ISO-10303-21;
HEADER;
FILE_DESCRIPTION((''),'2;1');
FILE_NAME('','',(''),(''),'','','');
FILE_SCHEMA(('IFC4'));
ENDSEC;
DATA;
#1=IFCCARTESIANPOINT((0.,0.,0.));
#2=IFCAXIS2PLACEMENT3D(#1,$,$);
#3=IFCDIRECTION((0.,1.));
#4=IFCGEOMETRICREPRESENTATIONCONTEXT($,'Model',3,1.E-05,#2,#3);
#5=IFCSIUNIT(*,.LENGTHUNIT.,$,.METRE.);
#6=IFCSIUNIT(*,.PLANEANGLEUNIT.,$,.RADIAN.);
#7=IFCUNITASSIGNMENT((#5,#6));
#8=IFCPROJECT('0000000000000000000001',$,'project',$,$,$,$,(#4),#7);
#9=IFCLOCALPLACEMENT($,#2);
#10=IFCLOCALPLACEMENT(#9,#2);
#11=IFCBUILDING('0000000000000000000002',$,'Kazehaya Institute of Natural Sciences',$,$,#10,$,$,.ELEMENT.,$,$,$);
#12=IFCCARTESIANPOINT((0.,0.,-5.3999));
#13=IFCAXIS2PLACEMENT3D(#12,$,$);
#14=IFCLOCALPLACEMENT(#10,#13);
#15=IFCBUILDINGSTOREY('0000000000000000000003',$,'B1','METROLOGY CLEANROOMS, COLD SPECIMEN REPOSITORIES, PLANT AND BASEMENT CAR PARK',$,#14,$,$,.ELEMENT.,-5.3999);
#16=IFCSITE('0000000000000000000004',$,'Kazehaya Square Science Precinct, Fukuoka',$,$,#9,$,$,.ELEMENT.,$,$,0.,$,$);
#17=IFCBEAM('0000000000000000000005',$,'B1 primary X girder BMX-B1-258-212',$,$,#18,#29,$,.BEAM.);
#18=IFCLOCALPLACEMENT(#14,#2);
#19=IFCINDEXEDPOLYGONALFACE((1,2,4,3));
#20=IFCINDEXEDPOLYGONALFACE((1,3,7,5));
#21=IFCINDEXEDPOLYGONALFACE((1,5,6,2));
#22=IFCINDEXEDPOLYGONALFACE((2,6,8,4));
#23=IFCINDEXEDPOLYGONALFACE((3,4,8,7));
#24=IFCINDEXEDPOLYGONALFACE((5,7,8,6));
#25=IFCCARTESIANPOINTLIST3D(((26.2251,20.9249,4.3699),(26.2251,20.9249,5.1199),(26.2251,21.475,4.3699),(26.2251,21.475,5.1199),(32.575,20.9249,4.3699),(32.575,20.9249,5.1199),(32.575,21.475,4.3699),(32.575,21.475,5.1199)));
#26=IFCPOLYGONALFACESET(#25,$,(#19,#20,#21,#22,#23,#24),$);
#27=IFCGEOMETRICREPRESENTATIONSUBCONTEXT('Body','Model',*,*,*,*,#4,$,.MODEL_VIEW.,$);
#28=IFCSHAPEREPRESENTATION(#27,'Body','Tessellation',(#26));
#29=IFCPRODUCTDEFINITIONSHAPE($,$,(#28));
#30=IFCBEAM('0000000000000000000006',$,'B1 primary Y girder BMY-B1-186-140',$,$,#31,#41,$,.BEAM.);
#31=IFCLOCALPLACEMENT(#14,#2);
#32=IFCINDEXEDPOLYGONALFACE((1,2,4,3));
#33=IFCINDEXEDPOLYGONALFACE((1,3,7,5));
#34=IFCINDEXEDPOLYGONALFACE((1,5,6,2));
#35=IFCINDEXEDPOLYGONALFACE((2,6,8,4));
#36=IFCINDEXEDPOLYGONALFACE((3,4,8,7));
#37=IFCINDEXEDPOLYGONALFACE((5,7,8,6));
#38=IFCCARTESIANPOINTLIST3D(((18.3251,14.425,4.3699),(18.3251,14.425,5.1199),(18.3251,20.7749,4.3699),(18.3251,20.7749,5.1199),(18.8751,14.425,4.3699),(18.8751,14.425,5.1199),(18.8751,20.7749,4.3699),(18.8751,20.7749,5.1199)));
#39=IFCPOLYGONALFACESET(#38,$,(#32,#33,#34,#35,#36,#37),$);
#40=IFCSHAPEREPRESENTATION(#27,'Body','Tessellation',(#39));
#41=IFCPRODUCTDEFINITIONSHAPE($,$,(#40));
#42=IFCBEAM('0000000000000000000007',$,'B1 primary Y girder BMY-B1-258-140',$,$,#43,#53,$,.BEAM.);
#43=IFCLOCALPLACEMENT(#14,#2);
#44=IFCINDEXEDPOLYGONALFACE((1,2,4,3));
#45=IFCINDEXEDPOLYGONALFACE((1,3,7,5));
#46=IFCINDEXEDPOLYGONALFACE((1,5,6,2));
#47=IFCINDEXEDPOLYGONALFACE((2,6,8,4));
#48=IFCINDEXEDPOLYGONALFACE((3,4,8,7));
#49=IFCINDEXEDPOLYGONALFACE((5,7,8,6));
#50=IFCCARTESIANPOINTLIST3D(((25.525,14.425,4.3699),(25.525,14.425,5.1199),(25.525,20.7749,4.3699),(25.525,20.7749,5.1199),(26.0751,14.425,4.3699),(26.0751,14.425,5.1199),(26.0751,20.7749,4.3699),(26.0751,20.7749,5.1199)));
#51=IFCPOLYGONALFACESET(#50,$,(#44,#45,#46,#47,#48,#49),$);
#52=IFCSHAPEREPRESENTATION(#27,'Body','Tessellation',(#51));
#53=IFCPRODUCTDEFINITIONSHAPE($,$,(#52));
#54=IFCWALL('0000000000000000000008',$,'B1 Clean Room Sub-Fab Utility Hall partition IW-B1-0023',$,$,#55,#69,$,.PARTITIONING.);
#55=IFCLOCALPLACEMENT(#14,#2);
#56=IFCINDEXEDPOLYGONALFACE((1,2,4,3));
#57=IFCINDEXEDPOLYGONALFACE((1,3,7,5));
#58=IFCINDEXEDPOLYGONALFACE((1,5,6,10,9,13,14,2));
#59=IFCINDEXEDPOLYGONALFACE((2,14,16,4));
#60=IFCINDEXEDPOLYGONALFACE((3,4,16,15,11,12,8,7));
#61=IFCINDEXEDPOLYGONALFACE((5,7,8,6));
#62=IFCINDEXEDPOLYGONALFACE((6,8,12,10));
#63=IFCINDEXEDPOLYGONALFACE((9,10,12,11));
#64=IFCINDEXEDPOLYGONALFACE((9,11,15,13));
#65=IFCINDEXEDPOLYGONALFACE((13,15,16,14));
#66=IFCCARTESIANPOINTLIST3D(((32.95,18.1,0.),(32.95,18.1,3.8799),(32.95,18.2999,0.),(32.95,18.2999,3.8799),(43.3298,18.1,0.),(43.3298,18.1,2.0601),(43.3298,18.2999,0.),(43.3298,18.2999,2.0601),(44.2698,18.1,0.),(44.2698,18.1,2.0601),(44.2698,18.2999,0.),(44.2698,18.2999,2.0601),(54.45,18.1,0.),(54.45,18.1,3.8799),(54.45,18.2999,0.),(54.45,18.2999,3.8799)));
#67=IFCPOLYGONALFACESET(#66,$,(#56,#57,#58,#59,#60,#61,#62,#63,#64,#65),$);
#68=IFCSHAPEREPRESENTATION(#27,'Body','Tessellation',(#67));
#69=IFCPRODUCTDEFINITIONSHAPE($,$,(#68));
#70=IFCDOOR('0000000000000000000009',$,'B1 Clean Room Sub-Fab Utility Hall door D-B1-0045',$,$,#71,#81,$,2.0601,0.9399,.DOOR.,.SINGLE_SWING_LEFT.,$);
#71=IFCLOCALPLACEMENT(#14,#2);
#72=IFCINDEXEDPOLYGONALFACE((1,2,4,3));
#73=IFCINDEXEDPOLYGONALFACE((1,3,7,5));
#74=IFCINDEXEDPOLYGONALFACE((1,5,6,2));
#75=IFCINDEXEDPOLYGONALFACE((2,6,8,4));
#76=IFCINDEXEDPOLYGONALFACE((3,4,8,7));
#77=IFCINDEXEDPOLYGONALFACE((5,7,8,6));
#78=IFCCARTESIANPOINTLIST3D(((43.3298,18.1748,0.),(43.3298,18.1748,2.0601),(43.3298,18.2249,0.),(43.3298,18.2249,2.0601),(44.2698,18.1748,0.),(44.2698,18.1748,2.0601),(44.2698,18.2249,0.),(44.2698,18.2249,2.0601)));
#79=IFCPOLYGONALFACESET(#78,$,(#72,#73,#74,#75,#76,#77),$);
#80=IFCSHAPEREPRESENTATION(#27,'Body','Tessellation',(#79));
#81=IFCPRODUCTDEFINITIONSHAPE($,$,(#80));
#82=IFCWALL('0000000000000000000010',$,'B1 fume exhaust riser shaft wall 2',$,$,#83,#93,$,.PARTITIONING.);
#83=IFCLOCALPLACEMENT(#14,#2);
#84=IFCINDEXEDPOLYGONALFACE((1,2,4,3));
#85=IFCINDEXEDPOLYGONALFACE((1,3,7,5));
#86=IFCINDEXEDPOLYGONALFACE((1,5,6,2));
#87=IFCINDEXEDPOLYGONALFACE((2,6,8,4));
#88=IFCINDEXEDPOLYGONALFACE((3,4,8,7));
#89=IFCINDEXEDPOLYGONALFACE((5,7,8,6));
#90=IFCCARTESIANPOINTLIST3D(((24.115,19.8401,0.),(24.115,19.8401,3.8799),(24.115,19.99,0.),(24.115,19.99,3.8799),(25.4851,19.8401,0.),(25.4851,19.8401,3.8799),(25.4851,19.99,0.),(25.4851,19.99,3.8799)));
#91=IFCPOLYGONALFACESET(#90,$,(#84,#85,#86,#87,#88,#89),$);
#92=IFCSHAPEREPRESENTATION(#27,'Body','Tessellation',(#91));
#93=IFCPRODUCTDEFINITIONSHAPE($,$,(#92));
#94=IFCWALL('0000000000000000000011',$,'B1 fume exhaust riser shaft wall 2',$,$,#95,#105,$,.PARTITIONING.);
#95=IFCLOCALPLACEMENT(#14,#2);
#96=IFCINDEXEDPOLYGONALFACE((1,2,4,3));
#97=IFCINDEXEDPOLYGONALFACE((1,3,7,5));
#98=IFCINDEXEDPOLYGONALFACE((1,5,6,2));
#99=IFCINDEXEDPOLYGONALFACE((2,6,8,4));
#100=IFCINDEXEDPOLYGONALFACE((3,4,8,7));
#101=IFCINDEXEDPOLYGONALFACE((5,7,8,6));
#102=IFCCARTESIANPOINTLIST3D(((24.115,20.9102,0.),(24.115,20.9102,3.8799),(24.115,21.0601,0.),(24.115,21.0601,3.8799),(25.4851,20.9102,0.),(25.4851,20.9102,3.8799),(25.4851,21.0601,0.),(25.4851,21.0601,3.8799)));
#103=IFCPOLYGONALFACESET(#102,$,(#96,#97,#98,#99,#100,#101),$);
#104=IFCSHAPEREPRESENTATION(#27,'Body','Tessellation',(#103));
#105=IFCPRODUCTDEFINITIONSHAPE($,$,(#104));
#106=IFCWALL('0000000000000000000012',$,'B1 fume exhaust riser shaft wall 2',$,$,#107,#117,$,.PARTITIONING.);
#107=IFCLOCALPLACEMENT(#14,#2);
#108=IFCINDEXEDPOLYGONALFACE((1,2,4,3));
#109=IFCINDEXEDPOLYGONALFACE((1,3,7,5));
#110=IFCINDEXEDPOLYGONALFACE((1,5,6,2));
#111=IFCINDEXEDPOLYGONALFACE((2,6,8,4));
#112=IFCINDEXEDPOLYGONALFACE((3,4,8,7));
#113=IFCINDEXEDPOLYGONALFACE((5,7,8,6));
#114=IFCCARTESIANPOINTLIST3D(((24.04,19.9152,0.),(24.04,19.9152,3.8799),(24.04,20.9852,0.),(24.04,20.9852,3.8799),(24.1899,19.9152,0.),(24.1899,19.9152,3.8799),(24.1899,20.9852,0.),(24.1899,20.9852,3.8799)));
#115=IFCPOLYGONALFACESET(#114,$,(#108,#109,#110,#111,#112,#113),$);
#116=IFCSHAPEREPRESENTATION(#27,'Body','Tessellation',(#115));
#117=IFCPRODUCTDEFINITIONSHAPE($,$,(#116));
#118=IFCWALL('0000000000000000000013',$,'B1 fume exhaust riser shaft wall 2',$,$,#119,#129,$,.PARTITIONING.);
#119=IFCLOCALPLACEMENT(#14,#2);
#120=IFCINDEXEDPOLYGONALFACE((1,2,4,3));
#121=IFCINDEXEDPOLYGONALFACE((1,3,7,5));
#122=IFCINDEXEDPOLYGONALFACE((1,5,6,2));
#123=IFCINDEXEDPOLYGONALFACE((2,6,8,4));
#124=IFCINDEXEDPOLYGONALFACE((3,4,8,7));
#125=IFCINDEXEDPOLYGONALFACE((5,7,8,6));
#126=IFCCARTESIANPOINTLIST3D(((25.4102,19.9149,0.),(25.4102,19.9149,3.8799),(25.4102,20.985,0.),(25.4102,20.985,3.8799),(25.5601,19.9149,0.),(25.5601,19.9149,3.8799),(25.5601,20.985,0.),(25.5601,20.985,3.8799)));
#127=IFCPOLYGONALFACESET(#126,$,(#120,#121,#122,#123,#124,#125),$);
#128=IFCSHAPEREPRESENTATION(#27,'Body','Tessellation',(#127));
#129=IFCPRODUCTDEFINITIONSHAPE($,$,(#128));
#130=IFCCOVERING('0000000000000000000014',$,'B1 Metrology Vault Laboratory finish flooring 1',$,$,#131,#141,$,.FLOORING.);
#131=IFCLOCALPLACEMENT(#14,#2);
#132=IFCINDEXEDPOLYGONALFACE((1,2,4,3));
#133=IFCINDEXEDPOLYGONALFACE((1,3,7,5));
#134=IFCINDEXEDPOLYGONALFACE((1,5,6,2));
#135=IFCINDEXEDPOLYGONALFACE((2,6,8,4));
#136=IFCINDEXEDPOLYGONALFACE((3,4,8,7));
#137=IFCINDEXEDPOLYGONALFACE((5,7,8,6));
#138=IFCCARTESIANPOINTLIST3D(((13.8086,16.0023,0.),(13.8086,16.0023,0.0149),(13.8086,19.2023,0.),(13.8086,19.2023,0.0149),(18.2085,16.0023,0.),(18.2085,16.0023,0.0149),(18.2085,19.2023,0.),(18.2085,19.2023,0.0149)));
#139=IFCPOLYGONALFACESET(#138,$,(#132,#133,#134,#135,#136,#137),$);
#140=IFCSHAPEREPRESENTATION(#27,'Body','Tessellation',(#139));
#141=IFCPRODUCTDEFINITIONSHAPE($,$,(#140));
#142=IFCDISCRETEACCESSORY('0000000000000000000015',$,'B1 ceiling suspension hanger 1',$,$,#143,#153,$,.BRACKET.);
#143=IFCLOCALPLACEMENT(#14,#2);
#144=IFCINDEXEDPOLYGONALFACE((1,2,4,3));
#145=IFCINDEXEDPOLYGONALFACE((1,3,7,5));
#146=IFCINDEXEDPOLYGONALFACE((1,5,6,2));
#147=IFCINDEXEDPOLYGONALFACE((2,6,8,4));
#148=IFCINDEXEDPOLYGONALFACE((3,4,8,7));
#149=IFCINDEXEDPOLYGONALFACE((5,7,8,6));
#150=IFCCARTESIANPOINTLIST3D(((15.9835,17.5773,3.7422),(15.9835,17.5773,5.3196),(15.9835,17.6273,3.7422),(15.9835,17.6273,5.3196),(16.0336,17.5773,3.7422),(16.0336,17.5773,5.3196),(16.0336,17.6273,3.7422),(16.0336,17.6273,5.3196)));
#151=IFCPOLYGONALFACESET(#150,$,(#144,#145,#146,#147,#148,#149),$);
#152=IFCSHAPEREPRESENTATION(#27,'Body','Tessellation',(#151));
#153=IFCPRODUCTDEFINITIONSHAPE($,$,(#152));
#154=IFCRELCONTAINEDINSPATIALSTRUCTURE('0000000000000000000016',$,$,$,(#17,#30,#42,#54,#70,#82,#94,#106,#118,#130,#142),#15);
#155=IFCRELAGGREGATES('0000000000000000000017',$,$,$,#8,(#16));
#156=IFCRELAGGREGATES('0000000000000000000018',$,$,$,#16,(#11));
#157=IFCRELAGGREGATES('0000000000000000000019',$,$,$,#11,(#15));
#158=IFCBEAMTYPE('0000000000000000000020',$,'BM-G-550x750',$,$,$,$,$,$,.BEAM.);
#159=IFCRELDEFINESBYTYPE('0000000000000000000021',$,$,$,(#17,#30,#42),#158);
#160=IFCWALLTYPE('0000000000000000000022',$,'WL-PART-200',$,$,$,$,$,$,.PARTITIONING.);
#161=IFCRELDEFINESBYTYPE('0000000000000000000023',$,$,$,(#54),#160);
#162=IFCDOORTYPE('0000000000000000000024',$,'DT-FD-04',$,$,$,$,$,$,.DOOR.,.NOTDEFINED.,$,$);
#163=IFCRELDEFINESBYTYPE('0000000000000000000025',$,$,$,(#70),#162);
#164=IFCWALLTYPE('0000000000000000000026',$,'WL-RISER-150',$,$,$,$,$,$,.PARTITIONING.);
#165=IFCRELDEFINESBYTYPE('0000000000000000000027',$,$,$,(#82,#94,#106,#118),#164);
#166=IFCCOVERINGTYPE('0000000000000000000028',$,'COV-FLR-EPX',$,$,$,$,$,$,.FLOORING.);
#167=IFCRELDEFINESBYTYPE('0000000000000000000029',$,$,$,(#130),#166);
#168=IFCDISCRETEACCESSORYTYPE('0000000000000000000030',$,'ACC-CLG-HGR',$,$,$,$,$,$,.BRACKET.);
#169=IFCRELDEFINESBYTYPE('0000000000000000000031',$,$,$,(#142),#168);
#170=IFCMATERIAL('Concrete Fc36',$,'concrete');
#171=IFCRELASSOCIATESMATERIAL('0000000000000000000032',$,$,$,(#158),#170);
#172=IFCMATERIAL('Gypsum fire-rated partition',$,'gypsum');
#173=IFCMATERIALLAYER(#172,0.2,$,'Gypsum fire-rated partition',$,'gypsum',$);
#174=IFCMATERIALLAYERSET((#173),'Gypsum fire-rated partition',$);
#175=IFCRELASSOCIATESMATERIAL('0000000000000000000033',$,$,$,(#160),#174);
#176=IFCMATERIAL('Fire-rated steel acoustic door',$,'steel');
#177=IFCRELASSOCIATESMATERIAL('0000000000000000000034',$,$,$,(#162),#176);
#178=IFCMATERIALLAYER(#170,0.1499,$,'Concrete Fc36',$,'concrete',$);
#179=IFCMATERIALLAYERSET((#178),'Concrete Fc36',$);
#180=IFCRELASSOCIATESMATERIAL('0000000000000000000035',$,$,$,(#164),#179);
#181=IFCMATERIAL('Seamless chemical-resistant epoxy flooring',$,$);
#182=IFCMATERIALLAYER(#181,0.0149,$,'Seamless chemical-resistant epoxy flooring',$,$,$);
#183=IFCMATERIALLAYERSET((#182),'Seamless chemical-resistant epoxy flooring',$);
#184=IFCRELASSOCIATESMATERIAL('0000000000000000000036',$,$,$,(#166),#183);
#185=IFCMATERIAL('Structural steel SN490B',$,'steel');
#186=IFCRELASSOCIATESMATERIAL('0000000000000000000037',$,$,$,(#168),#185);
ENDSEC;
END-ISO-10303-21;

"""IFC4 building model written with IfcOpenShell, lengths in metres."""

from ifc_helpers import new_model, si_unit, direction, frame, frame_2d, origin, origin_2d, place, context, subcontext, project, spatial, rectangle, extrude, material, layer, layer_set, material_profile, profile_set, type_object, element, fill, save


model = new_model("IFC4")

# Units and contexts
model_context = context("Model", 3, precision=1e-05, world=origin(), true_north=direction((0.0, 1.0)))
body_context = subcontext(model_context, "Body", "Model", "MODEL_VIEW")
ifc_project = project(units=[si_unit("LENGTHUNIT", "METRE"), si_unit("PLANEANGLEUNIT", "RADIAN")], contexts=[model_context])

# Site, building, storey
site_placement = place(None, origin())
site = spatial("IfcSite", under=ifc_project, at=site_placement, Name="Kazehaya Square Science Precinct, Fukuoka", CompositionType="ELEMENT", RefElevation=0.0)
building_placement = place(site_placement, origin())
building = spatial("IfcBuilding", under=site, at=building_placement, Name="Kazehaya Institute of Natural Sciences", CompositionType="ELEMENT")
storey_placement = place(building_placement, frame((0.0, 0.0, -5.3999)))
storey = spatial("IfcBuildingStorey", under=building, at=storey_placement, Name="B1", Description="METROLOGY CLEANROOMS, COLD SPECIMEN REPOSITORIES, PLANT AND BASEMENT CAR PARK", CompositionType="ELEMENT", Elevation=-5.3999)

# Shared definitions
ifc_material_1 = material(Name="Concrete Fc36", Category="concrete")

# Beams
ifc_material_profile_1 = material_profile(ifc_material_1, rectangle(XDim=0.55, YDim=0.75, at=origin_2d()), Name="RC-550x750")
ifc_profile_set_1 = profile_set([ifc_material_profile_1], Name="Concrete Fc36")
beam_type = type_object("IfcBeamType", Name="BM-G-550x750", PredefinedType="BEAM", material=ifc_profile_set_1)
for number, where, z_axis, x_axis, name in (
    (1, (26.2251, 21.2, 4.7449), (1.0, 0.0, 0.0), (0.0, 1.0, 0.0), "B1 primary X girder BMX-B1-258-212"),
    (2, (18.6001, 14.425, 4.7449), (0.0, 1.0, 0.0), (-1.0, 0.0, 0.0), "B1 primary Y girder BMY-B1-186-140"),
    (3, (25.8, 14.425, 4.7449), (0.0, 1.0, 0.0), (-1.0, 0.0, 0.0), "B1 primary Y girder BMY-B1-258-140"),
):
    element("IfcBeam", number, at=place(storey_placement, frame(where, z_axis=z_axis, x_axis=x_axis)), inside=storey, type_object=beam_type, Name=name, PredefinedType="BEAM", context=body_context, shape_type="SweptSolid", body=[
        extrude(rectangle(XDim=0.55, YDim=0.75, at=origin_2d()), origin(), (0.0, 0.0, 1.0), 6.3499),
    ])

# Wall, opening, door
ifc_material_2 = material(Name="Gypsum fire-rated partition", Category="gypsum")
ifc_layer_1 = layer(ifc_material_2, 0.2, Name="Gypsum fire-rated partition", Category="gypsum")
ifc_layer_set_1 = layer_set([ifc_layer_1], Name="Gypsum fire-rated partition")
wall_type_1 = type_object("IfcWallType", Name="WL-PART-200", PredefinedType="PARTITIONING", material=ifc_layer_set_1)
wall_placement = place(storey_placement, frame((32.95, 18.2, 0.0), z_axis=(0.0, 0.0, 1.0), x_axis=(1.0, 0.0, 0.0)))
wall = element("IfcWall", 4, at=wall_placement, inside=storey, type_object=wall_type_1, Name="B1 Clean Room Sub-Fab Utility Hall partition IW-B1-0023", PredefinedType="PARTITIONING", context=body_context, shape_type="SweptSolid", body=[
    extrude(rectangle(XDim=21.5, YDim=0.2, at=frame_2d((10.75, 0.0))), origin(), (0.0, 0.0, 1.0), 3.8799),
])
opening_placement = place(wall_placement, frame((10.3799, 0.0, 0.0)))
opening = element("IfcOpeningElement", 5, at=opening_placement, cuts=wall, PredefinedType="OPENING", context=body_context, shape_type="SweptSolid", body=[
    extrude(rectangle(XDim=0.9399, YDim=2.0601, at=frame_2d((0.47, 1.03))), frame((0.0, 0.1099, 0.0), z_axis=(0.0, -1.0, 0.0), x_axis=(1.0, 0.0, 0.0)), (0.0, 0.0, 1.0), 0.22),
])
ifc_material_3 = material(Name="Fire-rated steel acoustic door", Category="steel")
door_type = type_object("IfcDoorType", Name="DT-FD-04", OperationType="NOTDEFINED", PredefinedType="DOOR", material=ifc_material_3)
door_placement = place(opening_placement, origin())
door = element("IfcDoor", 6, at=door_placement, inside=storey, type_object=door_type, Name="B1 Clean Room Sub-Fab Utility Hall door D-B1-0045", OperationType="SINGLE_SWING_LEFT", OverallHeight=2.0601, OverallWidth=0.9399, PredefinedType="DOOR", context=body_context, shape_type="SweptSolid", body=[
    extrude(rectangle(XDim=0.9399, YDim=2.0601, at=frame_2d((0.47, 1.03))), frame((0.0, 0.0249, 0.0), z_axis=(0.0, -1.0, 0.0), x_axis=(1.0, 0.0, 0.0)), (0.0, 0.0, 1.0), 0.05),
])
fill(opening, door)

# Walls
ifc_layer_2 = layer(ifc_material_1, 0.1499, Name="Concrete Fc36", Category="concrete")
ifc_layer_set_2 = layer_set([ifc_layer_2], Name="Concrete Fc36")
wall_type_2 = type_object("IfcWallType", Name="WL-RISER-150", PredefinedType="PARTITIONING", material=ifc_layer_set_2)
for number, where, z_axis, x_axis, name in (
    (7, (25.4851, 19.915, 0.0), (0.0, 0.0, 1.0), (-1.0, 0.0, 0.0), "B1 fume exhaust riser shaft wall 2"),
    (8, (24.115, 20.9851, 0.0), (0.0, 0.0, 1.0), (1.0, 0.0, 0.0), "B1 fume exhaust riser shaft wall 2"),
):
    element("IfcWall", number, at=place(storey_placement, frame(where, z_axis=z_axis, x_axis=x_axis)), inside=storey, type_object=wall_type_2, Name=name, PredefinedType="PARTITIONING", context=body_context, shape_type="SweptSolid", body=[
        extrude(rectangle(XDim=1.3701, YDim=0.1499, at=frame_2d((0.6851, 0.0))), origin(), (0.0, 0.0, 1.0), 3.8799),
    ])
for number, where, z_axis, x_axis, name in (
    (9, (24.115, 19.915, 0.0), (0.0, 0.0, 1.0), (0.0, 1.0, 0.0), "B1 fume exhaust riser shaft wall 2"),
    (10, (25.4851, 20.9851, 0.0), (0.0, 0.0, 1.0), (0.0, -1.0, 0.0), "B1 fume exhaust riser shaft wall 2"),
):
    element("IfcWall", number, at=place(storey_placement, frame(where, z_axis=z_axis, x_axis=x_axis)), inside=storey, type_object=wall_type_2, Name=name, PredefinedType="PARTITIONING", context=body_context, shape_type="SweptSolid", body=[
        extrude(rectangle(XDim=1.0701, YDim=0.1499, at=frame_2d((0.5352, 0.0))), origin(), (0.0, 0.0, 1.0), 3.8799),
    ])

# Covering
ifc_material_4 = material(Name="Seamless chemical-resistant epoxy flooring")
ifc_layer_3 = layer(ifc_material_4, 0.0149, Name="Seamless chemical-resistant epoxy flooring")
ifc_layer_set_3 = layer_set([ifc_layer_3], Name="Seamless chemical-resistant epoxy flooring")
covering_type = type_object("IfcCoveringType", Name="COV-FLR-EPX", PredefinedType="FLOORING", material=ifc_layer_set_3)
covering_placement = place(storey_placement, frame((16.0085, 17.6023, 0.0), z_axis=(0.0, 0.0, 1.0), x_axis=(1.0, 0.0, 0.0)))
element("IfcCovering", 11, at=covering_placement, inside=storey, type_object=covering_type, Name="B1 Metrology Vault Laboratory finish flooring 1", PredefinedType="FLOORING", context=body_context, shape_type="SweptSolid", body=[
    extrude(rectangle(XDim=4.3999, YDim=3.2, at=origin_2d()), origin(), (0.0, 0.0, 1.0), 0.0149),
])

# Discrete accessory
ifc_material_5 = material(Name="Structural steel SN490B", Category="steel")
discrete_accessory_type = type_object("IfcDiscreteAccessoryType", Name="ACC-CLG-HGR", PredefinedType="BRACKET", material=ifc_material_5)
discrete_accessory_placement = place(storey_placement, frame((16.0085, 17.6023, 3.7422), z_axis=(0.0, 0.0, 1.0), x_axis=(1.0, 0.0, 0.0)))
element("IfcDiscreteAccessory", 12, at=discrete_accessory_placement, inside=storey, type_object=discrete_accessory_type, Name="B1 ceiling suspension hanger 1", PredefinedType="BRACKET", context=body_context, shape_type="SweptSolid", body=[
    extrude(rectangle(XDim=0.05, YDim=0.05, at=origin_2d()), origin(), (0.0, 0.0, 1.0), 1.5774),
])

save(model, "model.ifc")
